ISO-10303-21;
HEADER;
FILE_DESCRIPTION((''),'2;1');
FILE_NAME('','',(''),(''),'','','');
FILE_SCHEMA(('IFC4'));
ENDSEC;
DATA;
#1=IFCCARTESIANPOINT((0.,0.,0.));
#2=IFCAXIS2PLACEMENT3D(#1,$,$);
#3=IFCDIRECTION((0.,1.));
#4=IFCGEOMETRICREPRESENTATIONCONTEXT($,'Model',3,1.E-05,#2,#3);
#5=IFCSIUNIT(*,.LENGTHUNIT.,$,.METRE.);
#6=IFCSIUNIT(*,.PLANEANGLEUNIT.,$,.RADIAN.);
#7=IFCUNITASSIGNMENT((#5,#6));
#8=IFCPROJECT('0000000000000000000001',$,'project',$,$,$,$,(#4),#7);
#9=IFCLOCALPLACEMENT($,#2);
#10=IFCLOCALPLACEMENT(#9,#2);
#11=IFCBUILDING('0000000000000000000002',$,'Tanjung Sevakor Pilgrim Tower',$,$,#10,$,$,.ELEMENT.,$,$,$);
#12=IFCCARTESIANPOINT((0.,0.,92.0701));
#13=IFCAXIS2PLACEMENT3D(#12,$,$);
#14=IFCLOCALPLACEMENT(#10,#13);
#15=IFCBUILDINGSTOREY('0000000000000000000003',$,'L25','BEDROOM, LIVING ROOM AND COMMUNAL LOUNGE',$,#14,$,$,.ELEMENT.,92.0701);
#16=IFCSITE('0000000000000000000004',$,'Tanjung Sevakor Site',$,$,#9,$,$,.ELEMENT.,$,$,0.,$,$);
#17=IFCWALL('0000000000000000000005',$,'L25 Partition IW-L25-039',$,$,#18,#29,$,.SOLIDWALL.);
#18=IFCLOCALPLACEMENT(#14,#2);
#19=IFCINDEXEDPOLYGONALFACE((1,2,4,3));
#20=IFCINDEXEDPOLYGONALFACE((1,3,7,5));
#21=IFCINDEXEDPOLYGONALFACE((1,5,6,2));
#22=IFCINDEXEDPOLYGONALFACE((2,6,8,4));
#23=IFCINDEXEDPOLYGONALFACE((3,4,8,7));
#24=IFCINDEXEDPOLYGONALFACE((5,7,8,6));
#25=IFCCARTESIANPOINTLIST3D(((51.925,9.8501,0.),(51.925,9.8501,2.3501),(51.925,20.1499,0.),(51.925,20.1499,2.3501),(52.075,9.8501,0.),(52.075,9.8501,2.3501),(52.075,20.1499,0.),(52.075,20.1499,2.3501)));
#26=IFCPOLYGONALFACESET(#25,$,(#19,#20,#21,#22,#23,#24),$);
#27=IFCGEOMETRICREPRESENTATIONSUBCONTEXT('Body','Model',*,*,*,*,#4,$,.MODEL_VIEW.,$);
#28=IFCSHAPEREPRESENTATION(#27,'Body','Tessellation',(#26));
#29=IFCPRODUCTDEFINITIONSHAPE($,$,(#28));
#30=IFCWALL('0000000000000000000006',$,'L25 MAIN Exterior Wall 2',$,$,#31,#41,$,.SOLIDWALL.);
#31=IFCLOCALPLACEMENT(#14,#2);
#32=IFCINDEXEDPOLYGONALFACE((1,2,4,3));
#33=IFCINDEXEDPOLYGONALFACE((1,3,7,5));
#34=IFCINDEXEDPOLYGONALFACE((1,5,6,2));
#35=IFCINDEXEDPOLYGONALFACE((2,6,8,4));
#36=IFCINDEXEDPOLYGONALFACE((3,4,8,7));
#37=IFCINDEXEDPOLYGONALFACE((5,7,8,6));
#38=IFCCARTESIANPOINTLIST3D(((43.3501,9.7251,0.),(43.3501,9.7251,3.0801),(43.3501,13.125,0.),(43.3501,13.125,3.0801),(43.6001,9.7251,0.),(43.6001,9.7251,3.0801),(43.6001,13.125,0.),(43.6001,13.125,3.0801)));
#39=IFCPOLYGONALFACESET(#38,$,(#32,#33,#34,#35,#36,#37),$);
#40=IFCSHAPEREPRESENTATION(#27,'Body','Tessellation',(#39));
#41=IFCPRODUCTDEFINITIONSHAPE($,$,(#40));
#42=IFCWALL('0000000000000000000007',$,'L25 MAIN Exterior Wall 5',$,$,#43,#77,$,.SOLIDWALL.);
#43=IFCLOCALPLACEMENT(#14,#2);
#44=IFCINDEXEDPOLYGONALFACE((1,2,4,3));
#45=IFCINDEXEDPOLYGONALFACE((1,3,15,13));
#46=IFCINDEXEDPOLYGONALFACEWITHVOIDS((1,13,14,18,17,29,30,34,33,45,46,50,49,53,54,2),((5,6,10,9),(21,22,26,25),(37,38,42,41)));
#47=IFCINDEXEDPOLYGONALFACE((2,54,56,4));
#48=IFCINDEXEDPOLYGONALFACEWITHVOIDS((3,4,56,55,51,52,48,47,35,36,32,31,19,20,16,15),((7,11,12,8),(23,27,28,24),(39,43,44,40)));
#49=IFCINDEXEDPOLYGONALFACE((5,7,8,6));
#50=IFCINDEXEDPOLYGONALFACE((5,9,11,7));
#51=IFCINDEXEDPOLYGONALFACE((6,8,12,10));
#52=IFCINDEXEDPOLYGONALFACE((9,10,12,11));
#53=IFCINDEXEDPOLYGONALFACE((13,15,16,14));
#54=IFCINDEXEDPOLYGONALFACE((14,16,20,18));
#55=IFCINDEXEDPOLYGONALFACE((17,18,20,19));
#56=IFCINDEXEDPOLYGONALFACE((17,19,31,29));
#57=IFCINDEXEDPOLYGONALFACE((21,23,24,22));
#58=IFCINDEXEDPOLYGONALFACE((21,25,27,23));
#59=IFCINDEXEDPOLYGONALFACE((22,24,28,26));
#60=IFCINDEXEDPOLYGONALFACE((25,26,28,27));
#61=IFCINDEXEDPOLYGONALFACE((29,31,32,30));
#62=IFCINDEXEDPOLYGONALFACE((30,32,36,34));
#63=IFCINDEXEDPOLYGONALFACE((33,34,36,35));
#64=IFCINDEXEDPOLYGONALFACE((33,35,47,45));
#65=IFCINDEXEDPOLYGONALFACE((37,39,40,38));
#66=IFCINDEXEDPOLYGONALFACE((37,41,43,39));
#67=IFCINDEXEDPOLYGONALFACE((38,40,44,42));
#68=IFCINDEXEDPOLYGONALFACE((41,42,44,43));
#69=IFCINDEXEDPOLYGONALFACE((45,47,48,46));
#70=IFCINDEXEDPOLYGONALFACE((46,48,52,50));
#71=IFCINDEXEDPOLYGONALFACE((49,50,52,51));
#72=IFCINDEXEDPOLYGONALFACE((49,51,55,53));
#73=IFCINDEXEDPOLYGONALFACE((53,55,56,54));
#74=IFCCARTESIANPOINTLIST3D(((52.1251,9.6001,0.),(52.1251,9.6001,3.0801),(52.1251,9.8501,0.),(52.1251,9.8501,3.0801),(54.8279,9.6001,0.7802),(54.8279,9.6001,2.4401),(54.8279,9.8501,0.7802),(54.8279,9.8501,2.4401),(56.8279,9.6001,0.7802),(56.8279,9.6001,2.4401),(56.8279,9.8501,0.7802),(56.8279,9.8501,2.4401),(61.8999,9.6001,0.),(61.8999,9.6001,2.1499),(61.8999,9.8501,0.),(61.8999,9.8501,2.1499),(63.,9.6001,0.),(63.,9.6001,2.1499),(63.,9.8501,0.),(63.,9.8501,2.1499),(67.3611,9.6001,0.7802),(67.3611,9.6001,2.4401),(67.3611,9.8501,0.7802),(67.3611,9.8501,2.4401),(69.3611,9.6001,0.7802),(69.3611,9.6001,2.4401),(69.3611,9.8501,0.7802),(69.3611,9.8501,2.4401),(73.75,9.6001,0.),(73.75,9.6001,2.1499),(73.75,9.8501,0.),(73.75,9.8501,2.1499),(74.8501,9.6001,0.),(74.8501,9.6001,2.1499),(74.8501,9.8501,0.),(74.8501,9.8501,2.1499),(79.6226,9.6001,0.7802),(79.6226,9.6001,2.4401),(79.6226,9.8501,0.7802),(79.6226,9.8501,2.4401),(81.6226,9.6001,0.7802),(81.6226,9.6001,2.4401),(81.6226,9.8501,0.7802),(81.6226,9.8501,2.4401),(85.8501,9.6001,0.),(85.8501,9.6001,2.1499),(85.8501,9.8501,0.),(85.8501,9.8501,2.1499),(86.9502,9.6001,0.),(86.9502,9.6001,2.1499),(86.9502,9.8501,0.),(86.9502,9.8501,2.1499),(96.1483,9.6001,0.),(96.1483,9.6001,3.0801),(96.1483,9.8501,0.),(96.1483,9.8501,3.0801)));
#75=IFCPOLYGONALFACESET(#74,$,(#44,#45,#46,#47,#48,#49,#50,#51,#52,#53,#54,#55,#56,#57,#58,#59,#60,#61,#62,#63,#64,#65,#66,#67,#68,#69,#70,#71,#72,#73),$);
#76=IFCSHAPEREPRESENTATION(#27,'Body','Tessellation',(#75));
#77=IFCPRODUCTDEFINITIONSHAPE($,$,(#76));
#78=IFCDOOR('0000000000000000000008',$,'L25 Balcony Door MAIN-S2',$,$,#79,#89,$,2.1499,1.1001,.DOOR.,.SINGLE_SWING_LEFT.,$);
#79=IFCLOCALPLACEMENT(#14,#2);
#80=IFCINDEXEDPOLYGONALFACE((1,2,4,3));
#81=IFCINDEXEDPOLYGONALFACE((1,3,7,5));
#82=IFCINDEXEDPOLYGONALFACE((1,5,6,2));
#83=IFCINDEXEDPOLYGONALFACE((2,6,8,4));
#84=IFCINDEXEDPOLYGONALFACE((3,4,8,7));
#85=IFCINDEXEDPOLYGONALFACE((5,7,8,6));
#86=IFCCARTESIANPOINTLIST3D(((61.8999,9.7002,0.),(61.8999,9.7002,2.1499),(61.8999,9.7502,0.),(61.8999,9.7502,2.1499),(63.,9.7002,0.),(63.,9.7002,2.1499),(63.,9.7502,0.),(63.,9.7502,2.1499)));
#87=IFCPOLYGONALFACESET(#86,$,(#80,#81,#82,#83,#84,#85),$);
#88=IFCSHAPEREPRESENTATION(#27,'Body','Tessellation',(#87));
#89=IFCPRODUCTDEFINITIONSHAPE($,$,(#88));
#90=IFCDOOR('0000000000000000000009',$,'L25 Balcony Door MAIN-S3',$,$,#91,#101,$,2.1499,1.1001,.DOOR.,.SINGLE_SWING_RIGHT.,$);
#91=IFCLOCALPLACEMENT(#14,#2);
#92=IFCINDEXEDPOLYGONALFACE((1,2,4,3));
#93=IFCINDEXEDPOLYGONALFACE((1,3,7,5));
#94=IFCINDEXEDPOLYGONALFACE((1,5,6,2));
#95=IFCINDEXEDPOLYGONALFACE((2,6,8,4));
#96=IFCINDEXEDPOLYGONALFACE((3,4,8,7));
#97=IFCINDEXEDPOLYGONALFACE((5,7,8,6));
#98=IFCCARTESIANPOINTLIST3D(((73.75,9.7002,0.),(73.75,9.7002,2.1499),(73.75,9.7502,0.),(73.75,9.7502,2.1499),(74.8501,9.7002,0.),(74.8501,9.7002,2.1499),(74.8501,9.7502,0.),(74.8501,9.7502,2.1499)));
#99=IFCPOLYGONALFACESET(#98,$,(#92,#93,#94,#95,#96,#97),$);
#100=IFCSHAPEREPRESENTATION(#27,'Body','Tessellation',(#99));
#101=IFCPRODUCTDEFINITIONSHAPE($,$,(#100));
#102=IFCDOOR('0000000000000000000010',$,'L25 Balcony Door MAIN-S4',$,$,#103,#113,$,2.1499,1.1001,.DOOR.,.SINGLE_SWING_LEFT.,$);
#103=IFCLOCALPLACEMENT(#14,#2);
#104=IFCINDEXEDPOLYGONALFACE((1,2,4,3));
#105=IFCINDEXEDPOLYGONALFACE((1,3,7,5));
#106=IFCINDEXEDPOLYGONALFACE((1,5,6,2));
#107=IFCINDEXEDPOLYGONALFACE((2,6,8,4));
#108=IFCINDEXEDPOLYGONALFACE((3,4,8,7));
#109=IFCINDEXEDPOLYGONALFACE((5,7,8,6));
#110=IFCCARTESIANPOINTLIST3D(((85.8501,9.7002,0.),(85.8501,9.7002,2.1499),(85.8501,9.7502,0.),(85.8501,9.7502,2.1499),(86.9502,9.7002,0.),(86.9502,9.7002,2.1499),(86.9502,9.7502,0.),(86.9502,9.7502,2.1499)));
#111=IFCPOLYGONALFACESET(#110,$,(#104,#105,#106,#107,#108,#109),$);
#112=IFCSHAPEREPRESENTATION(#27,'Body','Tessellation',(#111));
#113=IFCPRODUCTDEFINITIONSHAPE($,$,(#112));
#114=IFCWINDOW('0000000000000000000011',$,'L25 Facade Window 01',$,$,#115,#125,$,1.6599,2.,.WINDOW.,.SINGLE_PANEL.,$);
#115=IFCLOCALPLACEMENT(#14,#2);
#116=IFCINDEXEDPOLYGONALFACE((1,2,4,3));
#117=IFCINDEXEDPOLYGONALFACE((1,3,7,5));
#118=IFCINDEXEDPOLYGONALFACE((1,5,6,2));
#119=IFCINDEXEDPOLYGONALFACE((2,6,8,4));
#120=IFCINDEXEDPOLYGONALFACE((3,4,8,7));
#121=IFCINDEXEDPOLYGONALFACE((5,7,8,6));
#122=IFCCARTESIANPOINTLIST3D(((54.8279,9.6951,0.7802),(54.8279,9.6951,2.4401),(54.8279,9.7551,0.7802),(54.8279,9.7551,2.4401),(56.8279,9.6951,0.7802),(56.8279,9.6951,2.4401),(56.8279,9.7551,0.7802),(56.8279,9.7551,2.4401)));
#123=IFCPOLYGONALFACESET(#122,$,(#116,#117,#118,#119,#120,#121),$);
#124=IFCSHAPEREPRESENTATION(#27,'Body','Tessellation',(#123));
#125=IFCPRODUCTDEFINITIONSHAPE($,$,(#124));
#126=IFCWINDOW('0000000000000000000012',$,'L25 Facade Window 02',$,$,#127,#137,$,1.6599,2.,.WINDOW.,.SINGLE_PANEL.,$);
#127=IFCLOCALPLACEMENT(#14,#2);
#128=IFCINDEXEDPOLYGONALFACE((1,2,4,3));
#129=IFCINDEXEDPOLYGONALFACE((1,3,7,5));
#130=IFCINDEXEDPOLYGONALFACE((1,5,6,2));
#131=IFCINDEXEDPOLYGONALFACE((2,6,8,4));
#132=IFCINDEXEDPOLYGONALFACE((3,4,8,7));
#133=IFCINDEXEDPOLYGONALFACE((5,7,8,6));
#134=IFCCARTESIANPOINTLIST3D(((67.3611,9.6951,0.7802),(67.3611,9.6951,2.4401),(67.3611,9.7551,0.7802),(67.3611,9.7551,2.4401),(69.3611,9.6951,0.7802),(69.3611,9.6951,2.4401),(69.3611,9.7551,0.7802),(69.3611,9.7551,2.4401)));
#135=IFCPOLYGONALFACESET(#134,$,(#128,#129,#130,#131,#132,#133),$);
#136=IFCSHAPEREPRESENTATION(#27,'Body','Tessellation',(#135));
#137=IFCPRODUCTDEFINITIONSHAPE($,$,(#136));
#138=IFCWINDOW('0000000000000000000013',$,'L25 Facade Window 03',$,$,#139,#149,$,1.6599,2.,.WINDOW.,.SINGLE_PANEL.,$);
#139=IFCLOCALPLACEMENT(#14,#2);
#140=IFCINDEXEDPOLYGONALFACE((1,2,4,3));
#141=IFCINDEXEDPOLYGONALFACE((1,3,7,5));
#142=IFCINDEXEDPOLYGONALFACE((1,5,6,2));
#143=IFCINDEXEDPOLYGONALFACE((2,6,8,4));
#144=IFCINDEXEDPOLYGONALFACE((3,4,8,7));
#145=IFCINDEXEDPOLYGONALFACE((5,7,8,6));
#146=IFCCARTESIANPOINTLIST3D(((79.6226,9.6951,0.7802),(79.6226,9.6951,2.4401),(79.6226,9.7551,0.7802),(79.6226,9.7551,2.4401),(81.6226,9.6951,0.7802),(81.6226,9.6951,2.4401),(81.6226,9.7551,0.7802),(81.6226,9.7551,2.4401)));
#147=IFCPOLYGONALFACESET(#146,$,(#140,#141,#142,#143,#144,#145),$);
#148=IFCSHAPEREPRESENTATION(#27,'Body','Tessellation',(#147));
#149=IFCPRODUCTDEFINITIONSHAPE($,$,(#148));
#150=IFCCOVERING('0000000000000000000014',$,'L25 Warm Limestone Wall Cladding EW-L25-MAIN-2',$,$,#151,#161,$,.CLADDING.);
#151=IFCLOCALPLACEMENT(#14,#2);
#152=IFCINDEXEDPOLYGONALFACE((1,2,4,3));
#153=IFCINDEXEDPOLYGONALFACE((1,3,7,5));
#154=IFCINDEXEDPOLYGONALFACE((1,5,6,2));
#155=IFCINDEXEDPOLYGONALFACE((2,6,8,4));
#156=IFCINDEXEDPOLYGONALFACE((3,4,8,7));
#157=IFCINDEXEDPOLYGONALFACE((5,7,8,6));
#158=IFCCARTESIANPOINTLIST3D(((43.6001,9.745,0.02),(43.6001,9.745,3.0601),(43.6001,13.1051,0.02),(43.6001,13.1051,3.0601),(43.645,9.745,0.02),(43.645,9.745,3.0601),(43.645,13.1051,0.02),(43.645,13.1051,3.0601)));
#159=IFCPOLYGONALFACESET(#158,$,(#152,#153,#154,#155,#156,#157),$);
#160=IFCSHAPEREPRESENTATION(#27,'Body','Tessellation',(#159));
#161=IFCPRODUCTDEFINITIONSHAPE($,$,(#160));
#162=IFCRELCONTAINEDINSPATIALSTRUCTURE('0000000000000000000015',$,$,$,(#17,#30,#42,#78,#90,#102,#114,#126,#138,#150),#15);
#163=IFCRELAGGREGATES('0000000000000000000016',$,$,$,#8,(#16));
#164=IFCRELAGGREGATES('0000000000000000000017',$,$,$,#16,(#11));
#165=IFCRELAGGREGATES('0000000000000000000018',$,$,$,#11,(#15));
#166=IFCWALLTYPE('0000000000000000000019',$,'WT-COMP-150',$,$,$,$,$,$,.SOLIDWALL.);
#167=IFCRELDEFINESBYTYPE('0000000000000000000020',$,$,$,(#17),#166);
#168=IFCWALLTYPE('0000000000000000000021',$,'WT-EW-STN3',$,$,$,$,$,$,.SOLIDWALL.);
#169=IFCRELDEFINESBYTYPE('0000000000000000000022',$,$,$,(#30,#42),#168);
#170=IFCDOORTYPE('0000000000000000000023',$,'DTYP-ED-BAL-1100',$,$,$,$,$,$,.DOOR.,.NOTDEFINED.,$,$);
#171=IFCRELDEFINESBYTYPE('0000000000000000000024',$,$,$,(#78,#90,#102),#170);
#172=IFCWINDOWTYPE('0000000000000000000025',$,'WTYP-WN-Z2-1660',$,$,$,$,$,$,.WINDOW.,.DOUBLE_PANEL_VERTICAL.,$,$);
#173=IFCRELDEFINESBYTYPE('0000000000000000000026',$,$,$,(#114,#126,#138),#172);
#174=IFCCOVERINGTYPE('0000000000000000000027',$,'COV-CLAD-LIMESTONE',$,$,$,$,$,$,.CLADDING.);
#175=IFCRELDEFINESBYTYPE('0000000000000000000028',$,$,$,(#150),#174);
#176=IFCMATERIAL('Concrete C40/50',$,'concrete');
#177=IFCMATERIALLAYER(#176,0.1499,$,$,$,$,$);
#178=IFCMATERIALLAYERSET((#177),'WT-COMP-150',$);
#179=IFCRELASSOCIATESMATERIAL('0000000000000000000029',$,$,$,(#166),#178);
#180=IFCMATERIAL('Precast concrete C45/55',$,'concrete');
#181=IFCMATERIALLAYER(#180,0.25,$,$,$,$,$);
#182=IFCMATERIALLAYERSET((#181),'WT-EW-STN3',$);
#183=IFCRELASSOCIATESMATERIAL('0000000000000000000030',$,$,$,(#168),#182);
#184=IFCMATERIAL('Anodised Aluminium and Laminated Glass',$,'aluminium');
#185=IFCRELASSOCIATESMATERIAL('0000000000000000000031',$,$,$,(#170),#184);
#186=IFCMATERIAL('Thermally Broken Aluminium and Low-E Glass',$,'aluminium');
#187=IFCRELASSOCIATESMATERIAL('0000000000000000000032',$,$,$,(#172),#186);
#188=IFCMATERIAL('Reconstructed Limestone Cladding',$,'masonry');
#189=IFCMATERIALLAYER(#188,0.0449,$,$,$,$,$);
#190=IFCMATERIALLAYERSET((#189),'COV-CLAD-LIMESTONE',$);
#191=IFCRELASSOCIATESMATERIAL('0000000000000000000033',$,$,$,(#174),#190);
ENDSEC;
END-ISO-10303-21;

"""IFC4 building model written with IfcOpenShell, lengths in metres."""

from ifc_helpers import new_model, si_unit, direction, frame, frame_2d, origin, origin_2d, place, context, subcontext, project, spatial, rectangle, extrude, material, layer, layer_set, type_object, element, fill, save


model = new_model("IFC4")

# Units and contexts
model_context = context("Model", 3, precision=1e-05, world=origin(), true_north=direction((0.0, 1.0)))
body_context = subcontext(model_context, "Body", "Model", "MODEL_VIEW")
ifc_project = project(units=[si_unit("LENGTHUNIT", "METRE"), si_unit("PLANEANGLEUNIT", "RADIAN")], contexts=[model_context])

# Site, building, storey
site_placement = place(None, origin())
site = spatial("IfcSite", under=ifc_project, at=site_placement, Name="Tanjung Sevakor Site", CompositionType="ELEMENT", RefElevation=0.0)
building_placement = place(site_placement, origin())
building = spatial("IfcBuilding", under=site, at=building_placement, Name="Tanjung Sevakor Pilgrim Tower", CompositionType="ELEMENT")
storey_placement = place(building_placement, frame((0.0, 0.0, 92.0701)))
storey = spatial("IfcBuildingStorey", under=building, at=storey_placement, Name="L25", Description="BEDROOM, LIVING ROOM AND COMMUNAL LOUNGE", CompositionType="ELEMENT", Elevation=92.0701)

# Walls
ifc_material_1 = material(Name="Concrete C40/50", Category="concrete")
ifc_layer_1 = layer(ifc_material_1, 0.1499)
ifc_layer_set_1 = layer_set([ifc_layer_1], Name="WT-COMP-150")
wall_type_1 = type_object("IfcWallType", Name="WT-COMP-150", PredefinedType="SOLIDWALL", material=ifc_layer_set_1)
for number, where, z_axis, x_axis, name in (
    (1, (52.0, 9.8501, 0.0), (0.0, 0.0, 1.0), (0.0, 1.0, 0.0), "L25 Partition IW-L25-039"),
):
    element("IfcWall", number, at=place(storey_placement, frame(where, z_axis=z_axis, x_axis=x_axis)), inside=storey, type_object=wall_type_1, Name=name, PredefinedType="SOLIDWALL", context=body_context, shape_type="SweptSolid", body=[
        extrude(rectangle(XDim=10.2998, YDim=0.1499, at=frame_2d((5.1499, 0.0))), origin(), (0.0, 0.0, 1.0), 2.3501),
    ])
ifc_material_2 = material(Name="Precast concrete C45/55", Category="concrete")
ifc_layer_2 = layer(ifc_material_2, 0.25)
ifc_layer_set_2 = layer_set([ifc_layer_2], Name="WT-EW-STN3")
wall_type_2 = type_object("IfcWallType", Name="WT-EW-STN3", PredefinedType="SOLIDWALL", material=ifc_layer_set_2)
wall_1_placement = place(storey_placement, frame((43.4751, 9.7251, 0.0), z_axis=(0.0, 0.0, 1.0), x_axis=(0.0, 1.0, 0.0)))
element("IfcWall", 2, at=wall_1_placement, inside=storey, type_object=wall_type_2, Name="L25 MAIN Exterior Wall 2", PredefinedType="SOLIDWALL", context=body_context, shape_type="SweptSolid", body=[
    extrude(rectangle(XDim=3.3999, YDim=0.25, at=frame_2d((1.7, 0.0))), origin(), (0.0, 0.0, 1.0), 3.0801),
])

# Wall, openings, doors, windows
wall_2_placement = place(storey_placement, frame((52.125, 9.7251, 0.0), z_axis=(0.0, 0.0, 1.0), x_axis=(1.0, 0.0, 0.0)))
wall_2 = element("IfcWall", 3, at=wall_2_placement, inside=storey, type_object=wall_type_2, Name="L25 MAIN Exterior Wall 5", PredefinedType="SOLIDWALL", context=body_context, shape_type="SweptSolid", body=[
    extrude(rectangle(XDim=44.0232, YDim=0.25, at=frame_2d((22.0117, 0.0))), origin(), (0.0, 0.0, 1.0), 3.0801),
])
opening_1_placement = place(wall_2_placement, frame((9.7749, 0.0, 0.0)))
opening_1 = element("IfcOpeningElement", 4, at=opening_1_placement, cuts=wall_2, PredefinedType="OPENING", context=body_context, shape_type="SweptSolid", body=[
    extrude(rectangle(XDim=1.1001, YDim=2.1499, at=frame_2d((0.55, 1.075))), frame((0.0, 0.135, 0.0), z_axis=(0.0, -1.0, 0.0), x_axis=(1.0, 0.0, 0.0)), (0.0, 0.0, 1.0), 0.27),
])
opening_2_placement = place(wall_2_placement, frame((21.625, 0.0, 0.0)))
opening_2 = element("IfcOpeningElement", 5, at=opening_2_placement, cuts=wall_2, PredefinedType="OPENING", context=body_context, shape_type="SweptSolid", body=[
    extrude(rectangle(XDim=1.1001, YDim=2.1499, at=frame_2d((0.55, 1.075))), frame((0.0, 0.135, 0.0), z_axis=(0.0, -1.0, 0.0), x_axis=(1.0, 0.0, 0.0)), (0.0, 0.0, 1.0), 0.27),
])
opening_3_placement = place(wall_2_placement, frame((33.7251, 0.0, 0.0)))
opening_3 = element("IfcOpeningElement", 6, at=opening_3_placement, cuts=wall_2, PredefinedType="OPENING", context=body_context, shape_type="SweptSolid", body=[
    extrude(rectangle(XDim=1.1001, YDim=2.1499, at=frame_2d((0.55, 1.075))), frame((0.0, 0.135, 0.0), z_axis=(0.0, -1.0, 0.0), x_axis=(1.0, 0.0, 0.0)), (0.0, 0.0, 1.0), 0.27),
])
opening_4_placement = place(wall_2_placement, frame((2.7029, 0.0, 0.78)))
opening_4 = element("IfcOpeningElement", 7, at=opening_4_placement, cuts=wall_2, PredefinedType="OPENING", context=body_context, shape_type="SweptSolid", body=[
    extrude(rectangle(XDim=2.0, YDim=1.6599, at=frame_2d((1.0, 0.8301))), frame((0.0, 0.135, 0.0), z_axis=(0.0, -1.0, 0.0), x_axis=(1.0, 0.0, 0.0)), (0.0, 0.0, 1.0), 0.27),
])
opening_5_placement = place(wall_2_placement, frame((15.2361, 0.0, 0.78)))
opening_5 = element("IfcOpeningElement", 8, at=opening_5_placement, cuts=wall_2, PredefinedType="OPENING", context=body_context, shape_type="SweptSolid", body=[
    extrude(rectangle(XDim=2.0, YDim=1.6599, at=frame_2d((1.0, 0.8301))), frame((0.0, 0.135, 0.0), z_axis=(0.0, -1.0, 0.0), x_axis=(1.0, 0.0, 0.0)), (0.0, 0.0, 1.0), 0.27),
])
opening_6_placement = place(wall_2_placement, frame((27.4976, 0.0, 0.78)))
opening_6 = element("IfcOpeningElement", 9, at=opening_6_placement, cuts=wall_2, PredefinedType="OPENING", context=body_context, shape_type="SweptSolid", body=[
    extrude(rectangle(XDim=2.0, YDim=1.6599, at=frame_2d((1.0, 0.8301))), frame((0.0, 0.135, 0.0), z_axis=(0.0, -1.0, 0.0), x_axis=(1.0, 0.0, 0.0)), (0.0, 0.0, 1.0), 0.27),
])
ifc_material_3 = material(Name="Anodised Aluminium and Laminated Glass", Category="aluminium")
door_type = type_object("IfcDoorType", Name="DTYP-ED-BAL-1100", OperationType="NOTDEFINED", PredefinedType="DOOR", material=ifc_material_3)
door_1_placement = place(opening_1_placement, frame((1.1001, 0.0, 0.0), z_axis=(0.0, 0.0, 1.0), x_axis=(-1.0, 0.0, 0.0)))
door_1 = element("IfcDoor", 10, at=door_1_placement, inside=storey, type_object=door_type, Name="L25 Balcony Door MAIN-S2", OperationType="SINGLE_SWING_LEFT", OverallHeight=2.1499, OverallWidth=1.1001, PredefinedType="DOOR", context=body_context, shape_type="SweptSolid", body=[
    extrude(rectangle(XDim=1.1001, YDim=2.1499, at=frame_2d((0.55, 1.075))), frame((0.0, 0.0249, 0.0), z_axis=(0.0, -1.0, 0.0), x_axis=(1.0, 0.0, 0.0)), (0.0, 0.0, 1.0), 0.05),
])
fill(opening_1, door_1)
door_2_placement = place(opening_2_placement, frame((1.1001, 0.0, 0.0), z_axis=(0.0, 0.0, 1.0), x_axis=(-1.0, 0.0, 0.0)))
door_2 = element("IfcDoor", 11, at=door_2_placement, inside=storey, type_object=door_type, Name="L25 Balcony Door MAIN-S3", OperationType="SINGLE_SWING_RIGHT", OverallHeight=2.1499, OverallWidth=1.1001, PredefinedType="DOOR", context=body_context, shape_type="SweptSolid", body=[
    extrude(rectangle(XDim=1.1001, YDim=2.1499, at=frame_2d((0.55, 1.075))), frame((0.0, 0.0249, 0.0), z_axis=(0.0, -1.0, 0.0), x_axis=(1.0, 0.0, 0.0)), (0.0, 0.0, 1.0), 0.05),
])
fill(opening_2, door_2)
door_3_placement = place(opening_3_placement, frame((1.1001, 0.0, 0.0), z_axis=(0.0, 0.0, 1.0), x_axis=(-1.0, 0.0, 0.0)))
door_3 = element("IfcDoor", 12, at=door_3_placement, inside=storey, type_object=door_type, Name="L25 Balcony Door MAIN-S4", OperationType="SINGLE_SWING_LEFT", OverallHeight=2.1499, OverallWidth=1.1001, PredefinedType="DOOR", context=body_context, shape_type="SweptSolid", body=[
    extrude(rectangle(XDim=1.1001, YDim=2.1499, at=frame_2d((0.55, 1.075))), frame((0.0, 0.0249, 0.0), z_axis=(0.0, -1.0, 0.0), x_axis=(1.0, 0.0, 0.0)), (0.0, 0.0, 1.0), 0.05),
])
fill(opening_3, door_3)
ifc_material_4 = material(Name="Thermally Broken Aluminium and Low-E Glass", Category="aluminium")
window_type = type_object("IfcWindowType", Name="WTYP-WN-Z2-1660", PartitioningType="DOUBLE_PANEL_VERTICAL", PredefinedType="WINDOW", material=ifc_material_4)
window_1_placement = place(opening_4_placement, origin())
window_1 = element("IfcWindow", 13, at=window_1_placement, inside=storey, type_object=window_type, Name="L25 Facade Window 01", OverallHeight=1.6599, OverallWidth=2.0, PartitioningType="SINGLE_PANEL", PredefinedType="WINDOW", context=body_context, shape_type="SweptSolid", body=[
    extrude(rectangle(XDim=2.0, YDim=1.6599, at=frame_2d((1.0, 0.8301))), frame((0.0, 0.03, 0.0), z_axis=(0.0, -1.0, 0.0), x_axis=(1.0, 0.0, 0.0)), (0.0, 0.0, 1.0), 0.0601),
])
fill(opening_4, window_1)
window_2_placement = place(opening_5_placement, origin())
window_2 = element("IfcWindow", 14, at=window_2_placement, inside=storey, type_object=window_type, Name="L25 Facade Window 02", OverallHeight=1.6599, OverallWidth=2.0, PartitioningType="SINGLE_PANEL", PredefinedType="WINDOW", context=body_context, shape_type="SweptSolid", body=[
    extrude(rectangle(XDim=2.0, YDim=1.6599, at=frame_2d((1.0, 0.8301))), frame((0.0, 0.03, 0.0), z_axis=(0.0, -1.0, 0.0), x_axis=(1.0, 0.0, 0.0)), (0.0, 0.0, 1.0), 0.0601),
])
fill(opening_5, window_2)
window_3_placement = place(opening_6_placement, origin())
window_3 = element("IfcWindow", 15, at=window_3_placement, inside=storey, type_object=window_type, Name="L25 Facade Window 03", OverallHeight=1.6599, OverallWidth=2.0, PartitioningType="SINGLE_PANEL", PredefinedType="WINDOW", context=body_context, shape_type="SweptSolid", body=[
    extrude(rectangle(XDim=2.0, YDim=1.6599, at=frame_2d((1.0, 0.8301))), frame((0.0, 0.03, 0.0), z_axis=(0.0, -1.0, 0.0), x_axis=(1.0, 0.0, 0.0)), (0.0, 0.0, 1.0), 0.0601),
])
fill(opening_6, window_3)

# Covering
ifc_material_5 = material(Name="Reconstructed Limestone Cladding", Category="masonry")
ifc_layer_3 = layer(ifc_material_5, 0.0449)
ifc_layer_set_3 = layer_set([ifc_layer_3], Name="COV-CLAD-LIMESTONE")
covering_type = type_object("IfcCoveringType", Name="COV-CLAD-LIMESTONE", PredefinedType="CLADDING", material=ifc_layer_set_3)
for number, where, z_axis, x_axis, name in (
    (16, (43.6226, 11.425, 0.02), (0.0, 0.0, 1.0), (0.0, 1.0, 0.0), "L25 Warm Limestone Wall Cladding EW-L25-MAIN-2"),
):
    element("IfcCovering", number, at=place(storey_placement, frame(where, z_axis=z_axis, x_axis=x_axis)), inside=storey, type_object=covering_type, Name=name, PredefinedType="CLADDING", context=body_context, shape_type="SweptSolid", body=[
        extrude(rectangle(XDim=3.3601, YDim=0.0449, at=origin_2d()), origin(), (0.0, 0.0, 1.0), 3.04),
    ])

save(model, "model.ifc")
